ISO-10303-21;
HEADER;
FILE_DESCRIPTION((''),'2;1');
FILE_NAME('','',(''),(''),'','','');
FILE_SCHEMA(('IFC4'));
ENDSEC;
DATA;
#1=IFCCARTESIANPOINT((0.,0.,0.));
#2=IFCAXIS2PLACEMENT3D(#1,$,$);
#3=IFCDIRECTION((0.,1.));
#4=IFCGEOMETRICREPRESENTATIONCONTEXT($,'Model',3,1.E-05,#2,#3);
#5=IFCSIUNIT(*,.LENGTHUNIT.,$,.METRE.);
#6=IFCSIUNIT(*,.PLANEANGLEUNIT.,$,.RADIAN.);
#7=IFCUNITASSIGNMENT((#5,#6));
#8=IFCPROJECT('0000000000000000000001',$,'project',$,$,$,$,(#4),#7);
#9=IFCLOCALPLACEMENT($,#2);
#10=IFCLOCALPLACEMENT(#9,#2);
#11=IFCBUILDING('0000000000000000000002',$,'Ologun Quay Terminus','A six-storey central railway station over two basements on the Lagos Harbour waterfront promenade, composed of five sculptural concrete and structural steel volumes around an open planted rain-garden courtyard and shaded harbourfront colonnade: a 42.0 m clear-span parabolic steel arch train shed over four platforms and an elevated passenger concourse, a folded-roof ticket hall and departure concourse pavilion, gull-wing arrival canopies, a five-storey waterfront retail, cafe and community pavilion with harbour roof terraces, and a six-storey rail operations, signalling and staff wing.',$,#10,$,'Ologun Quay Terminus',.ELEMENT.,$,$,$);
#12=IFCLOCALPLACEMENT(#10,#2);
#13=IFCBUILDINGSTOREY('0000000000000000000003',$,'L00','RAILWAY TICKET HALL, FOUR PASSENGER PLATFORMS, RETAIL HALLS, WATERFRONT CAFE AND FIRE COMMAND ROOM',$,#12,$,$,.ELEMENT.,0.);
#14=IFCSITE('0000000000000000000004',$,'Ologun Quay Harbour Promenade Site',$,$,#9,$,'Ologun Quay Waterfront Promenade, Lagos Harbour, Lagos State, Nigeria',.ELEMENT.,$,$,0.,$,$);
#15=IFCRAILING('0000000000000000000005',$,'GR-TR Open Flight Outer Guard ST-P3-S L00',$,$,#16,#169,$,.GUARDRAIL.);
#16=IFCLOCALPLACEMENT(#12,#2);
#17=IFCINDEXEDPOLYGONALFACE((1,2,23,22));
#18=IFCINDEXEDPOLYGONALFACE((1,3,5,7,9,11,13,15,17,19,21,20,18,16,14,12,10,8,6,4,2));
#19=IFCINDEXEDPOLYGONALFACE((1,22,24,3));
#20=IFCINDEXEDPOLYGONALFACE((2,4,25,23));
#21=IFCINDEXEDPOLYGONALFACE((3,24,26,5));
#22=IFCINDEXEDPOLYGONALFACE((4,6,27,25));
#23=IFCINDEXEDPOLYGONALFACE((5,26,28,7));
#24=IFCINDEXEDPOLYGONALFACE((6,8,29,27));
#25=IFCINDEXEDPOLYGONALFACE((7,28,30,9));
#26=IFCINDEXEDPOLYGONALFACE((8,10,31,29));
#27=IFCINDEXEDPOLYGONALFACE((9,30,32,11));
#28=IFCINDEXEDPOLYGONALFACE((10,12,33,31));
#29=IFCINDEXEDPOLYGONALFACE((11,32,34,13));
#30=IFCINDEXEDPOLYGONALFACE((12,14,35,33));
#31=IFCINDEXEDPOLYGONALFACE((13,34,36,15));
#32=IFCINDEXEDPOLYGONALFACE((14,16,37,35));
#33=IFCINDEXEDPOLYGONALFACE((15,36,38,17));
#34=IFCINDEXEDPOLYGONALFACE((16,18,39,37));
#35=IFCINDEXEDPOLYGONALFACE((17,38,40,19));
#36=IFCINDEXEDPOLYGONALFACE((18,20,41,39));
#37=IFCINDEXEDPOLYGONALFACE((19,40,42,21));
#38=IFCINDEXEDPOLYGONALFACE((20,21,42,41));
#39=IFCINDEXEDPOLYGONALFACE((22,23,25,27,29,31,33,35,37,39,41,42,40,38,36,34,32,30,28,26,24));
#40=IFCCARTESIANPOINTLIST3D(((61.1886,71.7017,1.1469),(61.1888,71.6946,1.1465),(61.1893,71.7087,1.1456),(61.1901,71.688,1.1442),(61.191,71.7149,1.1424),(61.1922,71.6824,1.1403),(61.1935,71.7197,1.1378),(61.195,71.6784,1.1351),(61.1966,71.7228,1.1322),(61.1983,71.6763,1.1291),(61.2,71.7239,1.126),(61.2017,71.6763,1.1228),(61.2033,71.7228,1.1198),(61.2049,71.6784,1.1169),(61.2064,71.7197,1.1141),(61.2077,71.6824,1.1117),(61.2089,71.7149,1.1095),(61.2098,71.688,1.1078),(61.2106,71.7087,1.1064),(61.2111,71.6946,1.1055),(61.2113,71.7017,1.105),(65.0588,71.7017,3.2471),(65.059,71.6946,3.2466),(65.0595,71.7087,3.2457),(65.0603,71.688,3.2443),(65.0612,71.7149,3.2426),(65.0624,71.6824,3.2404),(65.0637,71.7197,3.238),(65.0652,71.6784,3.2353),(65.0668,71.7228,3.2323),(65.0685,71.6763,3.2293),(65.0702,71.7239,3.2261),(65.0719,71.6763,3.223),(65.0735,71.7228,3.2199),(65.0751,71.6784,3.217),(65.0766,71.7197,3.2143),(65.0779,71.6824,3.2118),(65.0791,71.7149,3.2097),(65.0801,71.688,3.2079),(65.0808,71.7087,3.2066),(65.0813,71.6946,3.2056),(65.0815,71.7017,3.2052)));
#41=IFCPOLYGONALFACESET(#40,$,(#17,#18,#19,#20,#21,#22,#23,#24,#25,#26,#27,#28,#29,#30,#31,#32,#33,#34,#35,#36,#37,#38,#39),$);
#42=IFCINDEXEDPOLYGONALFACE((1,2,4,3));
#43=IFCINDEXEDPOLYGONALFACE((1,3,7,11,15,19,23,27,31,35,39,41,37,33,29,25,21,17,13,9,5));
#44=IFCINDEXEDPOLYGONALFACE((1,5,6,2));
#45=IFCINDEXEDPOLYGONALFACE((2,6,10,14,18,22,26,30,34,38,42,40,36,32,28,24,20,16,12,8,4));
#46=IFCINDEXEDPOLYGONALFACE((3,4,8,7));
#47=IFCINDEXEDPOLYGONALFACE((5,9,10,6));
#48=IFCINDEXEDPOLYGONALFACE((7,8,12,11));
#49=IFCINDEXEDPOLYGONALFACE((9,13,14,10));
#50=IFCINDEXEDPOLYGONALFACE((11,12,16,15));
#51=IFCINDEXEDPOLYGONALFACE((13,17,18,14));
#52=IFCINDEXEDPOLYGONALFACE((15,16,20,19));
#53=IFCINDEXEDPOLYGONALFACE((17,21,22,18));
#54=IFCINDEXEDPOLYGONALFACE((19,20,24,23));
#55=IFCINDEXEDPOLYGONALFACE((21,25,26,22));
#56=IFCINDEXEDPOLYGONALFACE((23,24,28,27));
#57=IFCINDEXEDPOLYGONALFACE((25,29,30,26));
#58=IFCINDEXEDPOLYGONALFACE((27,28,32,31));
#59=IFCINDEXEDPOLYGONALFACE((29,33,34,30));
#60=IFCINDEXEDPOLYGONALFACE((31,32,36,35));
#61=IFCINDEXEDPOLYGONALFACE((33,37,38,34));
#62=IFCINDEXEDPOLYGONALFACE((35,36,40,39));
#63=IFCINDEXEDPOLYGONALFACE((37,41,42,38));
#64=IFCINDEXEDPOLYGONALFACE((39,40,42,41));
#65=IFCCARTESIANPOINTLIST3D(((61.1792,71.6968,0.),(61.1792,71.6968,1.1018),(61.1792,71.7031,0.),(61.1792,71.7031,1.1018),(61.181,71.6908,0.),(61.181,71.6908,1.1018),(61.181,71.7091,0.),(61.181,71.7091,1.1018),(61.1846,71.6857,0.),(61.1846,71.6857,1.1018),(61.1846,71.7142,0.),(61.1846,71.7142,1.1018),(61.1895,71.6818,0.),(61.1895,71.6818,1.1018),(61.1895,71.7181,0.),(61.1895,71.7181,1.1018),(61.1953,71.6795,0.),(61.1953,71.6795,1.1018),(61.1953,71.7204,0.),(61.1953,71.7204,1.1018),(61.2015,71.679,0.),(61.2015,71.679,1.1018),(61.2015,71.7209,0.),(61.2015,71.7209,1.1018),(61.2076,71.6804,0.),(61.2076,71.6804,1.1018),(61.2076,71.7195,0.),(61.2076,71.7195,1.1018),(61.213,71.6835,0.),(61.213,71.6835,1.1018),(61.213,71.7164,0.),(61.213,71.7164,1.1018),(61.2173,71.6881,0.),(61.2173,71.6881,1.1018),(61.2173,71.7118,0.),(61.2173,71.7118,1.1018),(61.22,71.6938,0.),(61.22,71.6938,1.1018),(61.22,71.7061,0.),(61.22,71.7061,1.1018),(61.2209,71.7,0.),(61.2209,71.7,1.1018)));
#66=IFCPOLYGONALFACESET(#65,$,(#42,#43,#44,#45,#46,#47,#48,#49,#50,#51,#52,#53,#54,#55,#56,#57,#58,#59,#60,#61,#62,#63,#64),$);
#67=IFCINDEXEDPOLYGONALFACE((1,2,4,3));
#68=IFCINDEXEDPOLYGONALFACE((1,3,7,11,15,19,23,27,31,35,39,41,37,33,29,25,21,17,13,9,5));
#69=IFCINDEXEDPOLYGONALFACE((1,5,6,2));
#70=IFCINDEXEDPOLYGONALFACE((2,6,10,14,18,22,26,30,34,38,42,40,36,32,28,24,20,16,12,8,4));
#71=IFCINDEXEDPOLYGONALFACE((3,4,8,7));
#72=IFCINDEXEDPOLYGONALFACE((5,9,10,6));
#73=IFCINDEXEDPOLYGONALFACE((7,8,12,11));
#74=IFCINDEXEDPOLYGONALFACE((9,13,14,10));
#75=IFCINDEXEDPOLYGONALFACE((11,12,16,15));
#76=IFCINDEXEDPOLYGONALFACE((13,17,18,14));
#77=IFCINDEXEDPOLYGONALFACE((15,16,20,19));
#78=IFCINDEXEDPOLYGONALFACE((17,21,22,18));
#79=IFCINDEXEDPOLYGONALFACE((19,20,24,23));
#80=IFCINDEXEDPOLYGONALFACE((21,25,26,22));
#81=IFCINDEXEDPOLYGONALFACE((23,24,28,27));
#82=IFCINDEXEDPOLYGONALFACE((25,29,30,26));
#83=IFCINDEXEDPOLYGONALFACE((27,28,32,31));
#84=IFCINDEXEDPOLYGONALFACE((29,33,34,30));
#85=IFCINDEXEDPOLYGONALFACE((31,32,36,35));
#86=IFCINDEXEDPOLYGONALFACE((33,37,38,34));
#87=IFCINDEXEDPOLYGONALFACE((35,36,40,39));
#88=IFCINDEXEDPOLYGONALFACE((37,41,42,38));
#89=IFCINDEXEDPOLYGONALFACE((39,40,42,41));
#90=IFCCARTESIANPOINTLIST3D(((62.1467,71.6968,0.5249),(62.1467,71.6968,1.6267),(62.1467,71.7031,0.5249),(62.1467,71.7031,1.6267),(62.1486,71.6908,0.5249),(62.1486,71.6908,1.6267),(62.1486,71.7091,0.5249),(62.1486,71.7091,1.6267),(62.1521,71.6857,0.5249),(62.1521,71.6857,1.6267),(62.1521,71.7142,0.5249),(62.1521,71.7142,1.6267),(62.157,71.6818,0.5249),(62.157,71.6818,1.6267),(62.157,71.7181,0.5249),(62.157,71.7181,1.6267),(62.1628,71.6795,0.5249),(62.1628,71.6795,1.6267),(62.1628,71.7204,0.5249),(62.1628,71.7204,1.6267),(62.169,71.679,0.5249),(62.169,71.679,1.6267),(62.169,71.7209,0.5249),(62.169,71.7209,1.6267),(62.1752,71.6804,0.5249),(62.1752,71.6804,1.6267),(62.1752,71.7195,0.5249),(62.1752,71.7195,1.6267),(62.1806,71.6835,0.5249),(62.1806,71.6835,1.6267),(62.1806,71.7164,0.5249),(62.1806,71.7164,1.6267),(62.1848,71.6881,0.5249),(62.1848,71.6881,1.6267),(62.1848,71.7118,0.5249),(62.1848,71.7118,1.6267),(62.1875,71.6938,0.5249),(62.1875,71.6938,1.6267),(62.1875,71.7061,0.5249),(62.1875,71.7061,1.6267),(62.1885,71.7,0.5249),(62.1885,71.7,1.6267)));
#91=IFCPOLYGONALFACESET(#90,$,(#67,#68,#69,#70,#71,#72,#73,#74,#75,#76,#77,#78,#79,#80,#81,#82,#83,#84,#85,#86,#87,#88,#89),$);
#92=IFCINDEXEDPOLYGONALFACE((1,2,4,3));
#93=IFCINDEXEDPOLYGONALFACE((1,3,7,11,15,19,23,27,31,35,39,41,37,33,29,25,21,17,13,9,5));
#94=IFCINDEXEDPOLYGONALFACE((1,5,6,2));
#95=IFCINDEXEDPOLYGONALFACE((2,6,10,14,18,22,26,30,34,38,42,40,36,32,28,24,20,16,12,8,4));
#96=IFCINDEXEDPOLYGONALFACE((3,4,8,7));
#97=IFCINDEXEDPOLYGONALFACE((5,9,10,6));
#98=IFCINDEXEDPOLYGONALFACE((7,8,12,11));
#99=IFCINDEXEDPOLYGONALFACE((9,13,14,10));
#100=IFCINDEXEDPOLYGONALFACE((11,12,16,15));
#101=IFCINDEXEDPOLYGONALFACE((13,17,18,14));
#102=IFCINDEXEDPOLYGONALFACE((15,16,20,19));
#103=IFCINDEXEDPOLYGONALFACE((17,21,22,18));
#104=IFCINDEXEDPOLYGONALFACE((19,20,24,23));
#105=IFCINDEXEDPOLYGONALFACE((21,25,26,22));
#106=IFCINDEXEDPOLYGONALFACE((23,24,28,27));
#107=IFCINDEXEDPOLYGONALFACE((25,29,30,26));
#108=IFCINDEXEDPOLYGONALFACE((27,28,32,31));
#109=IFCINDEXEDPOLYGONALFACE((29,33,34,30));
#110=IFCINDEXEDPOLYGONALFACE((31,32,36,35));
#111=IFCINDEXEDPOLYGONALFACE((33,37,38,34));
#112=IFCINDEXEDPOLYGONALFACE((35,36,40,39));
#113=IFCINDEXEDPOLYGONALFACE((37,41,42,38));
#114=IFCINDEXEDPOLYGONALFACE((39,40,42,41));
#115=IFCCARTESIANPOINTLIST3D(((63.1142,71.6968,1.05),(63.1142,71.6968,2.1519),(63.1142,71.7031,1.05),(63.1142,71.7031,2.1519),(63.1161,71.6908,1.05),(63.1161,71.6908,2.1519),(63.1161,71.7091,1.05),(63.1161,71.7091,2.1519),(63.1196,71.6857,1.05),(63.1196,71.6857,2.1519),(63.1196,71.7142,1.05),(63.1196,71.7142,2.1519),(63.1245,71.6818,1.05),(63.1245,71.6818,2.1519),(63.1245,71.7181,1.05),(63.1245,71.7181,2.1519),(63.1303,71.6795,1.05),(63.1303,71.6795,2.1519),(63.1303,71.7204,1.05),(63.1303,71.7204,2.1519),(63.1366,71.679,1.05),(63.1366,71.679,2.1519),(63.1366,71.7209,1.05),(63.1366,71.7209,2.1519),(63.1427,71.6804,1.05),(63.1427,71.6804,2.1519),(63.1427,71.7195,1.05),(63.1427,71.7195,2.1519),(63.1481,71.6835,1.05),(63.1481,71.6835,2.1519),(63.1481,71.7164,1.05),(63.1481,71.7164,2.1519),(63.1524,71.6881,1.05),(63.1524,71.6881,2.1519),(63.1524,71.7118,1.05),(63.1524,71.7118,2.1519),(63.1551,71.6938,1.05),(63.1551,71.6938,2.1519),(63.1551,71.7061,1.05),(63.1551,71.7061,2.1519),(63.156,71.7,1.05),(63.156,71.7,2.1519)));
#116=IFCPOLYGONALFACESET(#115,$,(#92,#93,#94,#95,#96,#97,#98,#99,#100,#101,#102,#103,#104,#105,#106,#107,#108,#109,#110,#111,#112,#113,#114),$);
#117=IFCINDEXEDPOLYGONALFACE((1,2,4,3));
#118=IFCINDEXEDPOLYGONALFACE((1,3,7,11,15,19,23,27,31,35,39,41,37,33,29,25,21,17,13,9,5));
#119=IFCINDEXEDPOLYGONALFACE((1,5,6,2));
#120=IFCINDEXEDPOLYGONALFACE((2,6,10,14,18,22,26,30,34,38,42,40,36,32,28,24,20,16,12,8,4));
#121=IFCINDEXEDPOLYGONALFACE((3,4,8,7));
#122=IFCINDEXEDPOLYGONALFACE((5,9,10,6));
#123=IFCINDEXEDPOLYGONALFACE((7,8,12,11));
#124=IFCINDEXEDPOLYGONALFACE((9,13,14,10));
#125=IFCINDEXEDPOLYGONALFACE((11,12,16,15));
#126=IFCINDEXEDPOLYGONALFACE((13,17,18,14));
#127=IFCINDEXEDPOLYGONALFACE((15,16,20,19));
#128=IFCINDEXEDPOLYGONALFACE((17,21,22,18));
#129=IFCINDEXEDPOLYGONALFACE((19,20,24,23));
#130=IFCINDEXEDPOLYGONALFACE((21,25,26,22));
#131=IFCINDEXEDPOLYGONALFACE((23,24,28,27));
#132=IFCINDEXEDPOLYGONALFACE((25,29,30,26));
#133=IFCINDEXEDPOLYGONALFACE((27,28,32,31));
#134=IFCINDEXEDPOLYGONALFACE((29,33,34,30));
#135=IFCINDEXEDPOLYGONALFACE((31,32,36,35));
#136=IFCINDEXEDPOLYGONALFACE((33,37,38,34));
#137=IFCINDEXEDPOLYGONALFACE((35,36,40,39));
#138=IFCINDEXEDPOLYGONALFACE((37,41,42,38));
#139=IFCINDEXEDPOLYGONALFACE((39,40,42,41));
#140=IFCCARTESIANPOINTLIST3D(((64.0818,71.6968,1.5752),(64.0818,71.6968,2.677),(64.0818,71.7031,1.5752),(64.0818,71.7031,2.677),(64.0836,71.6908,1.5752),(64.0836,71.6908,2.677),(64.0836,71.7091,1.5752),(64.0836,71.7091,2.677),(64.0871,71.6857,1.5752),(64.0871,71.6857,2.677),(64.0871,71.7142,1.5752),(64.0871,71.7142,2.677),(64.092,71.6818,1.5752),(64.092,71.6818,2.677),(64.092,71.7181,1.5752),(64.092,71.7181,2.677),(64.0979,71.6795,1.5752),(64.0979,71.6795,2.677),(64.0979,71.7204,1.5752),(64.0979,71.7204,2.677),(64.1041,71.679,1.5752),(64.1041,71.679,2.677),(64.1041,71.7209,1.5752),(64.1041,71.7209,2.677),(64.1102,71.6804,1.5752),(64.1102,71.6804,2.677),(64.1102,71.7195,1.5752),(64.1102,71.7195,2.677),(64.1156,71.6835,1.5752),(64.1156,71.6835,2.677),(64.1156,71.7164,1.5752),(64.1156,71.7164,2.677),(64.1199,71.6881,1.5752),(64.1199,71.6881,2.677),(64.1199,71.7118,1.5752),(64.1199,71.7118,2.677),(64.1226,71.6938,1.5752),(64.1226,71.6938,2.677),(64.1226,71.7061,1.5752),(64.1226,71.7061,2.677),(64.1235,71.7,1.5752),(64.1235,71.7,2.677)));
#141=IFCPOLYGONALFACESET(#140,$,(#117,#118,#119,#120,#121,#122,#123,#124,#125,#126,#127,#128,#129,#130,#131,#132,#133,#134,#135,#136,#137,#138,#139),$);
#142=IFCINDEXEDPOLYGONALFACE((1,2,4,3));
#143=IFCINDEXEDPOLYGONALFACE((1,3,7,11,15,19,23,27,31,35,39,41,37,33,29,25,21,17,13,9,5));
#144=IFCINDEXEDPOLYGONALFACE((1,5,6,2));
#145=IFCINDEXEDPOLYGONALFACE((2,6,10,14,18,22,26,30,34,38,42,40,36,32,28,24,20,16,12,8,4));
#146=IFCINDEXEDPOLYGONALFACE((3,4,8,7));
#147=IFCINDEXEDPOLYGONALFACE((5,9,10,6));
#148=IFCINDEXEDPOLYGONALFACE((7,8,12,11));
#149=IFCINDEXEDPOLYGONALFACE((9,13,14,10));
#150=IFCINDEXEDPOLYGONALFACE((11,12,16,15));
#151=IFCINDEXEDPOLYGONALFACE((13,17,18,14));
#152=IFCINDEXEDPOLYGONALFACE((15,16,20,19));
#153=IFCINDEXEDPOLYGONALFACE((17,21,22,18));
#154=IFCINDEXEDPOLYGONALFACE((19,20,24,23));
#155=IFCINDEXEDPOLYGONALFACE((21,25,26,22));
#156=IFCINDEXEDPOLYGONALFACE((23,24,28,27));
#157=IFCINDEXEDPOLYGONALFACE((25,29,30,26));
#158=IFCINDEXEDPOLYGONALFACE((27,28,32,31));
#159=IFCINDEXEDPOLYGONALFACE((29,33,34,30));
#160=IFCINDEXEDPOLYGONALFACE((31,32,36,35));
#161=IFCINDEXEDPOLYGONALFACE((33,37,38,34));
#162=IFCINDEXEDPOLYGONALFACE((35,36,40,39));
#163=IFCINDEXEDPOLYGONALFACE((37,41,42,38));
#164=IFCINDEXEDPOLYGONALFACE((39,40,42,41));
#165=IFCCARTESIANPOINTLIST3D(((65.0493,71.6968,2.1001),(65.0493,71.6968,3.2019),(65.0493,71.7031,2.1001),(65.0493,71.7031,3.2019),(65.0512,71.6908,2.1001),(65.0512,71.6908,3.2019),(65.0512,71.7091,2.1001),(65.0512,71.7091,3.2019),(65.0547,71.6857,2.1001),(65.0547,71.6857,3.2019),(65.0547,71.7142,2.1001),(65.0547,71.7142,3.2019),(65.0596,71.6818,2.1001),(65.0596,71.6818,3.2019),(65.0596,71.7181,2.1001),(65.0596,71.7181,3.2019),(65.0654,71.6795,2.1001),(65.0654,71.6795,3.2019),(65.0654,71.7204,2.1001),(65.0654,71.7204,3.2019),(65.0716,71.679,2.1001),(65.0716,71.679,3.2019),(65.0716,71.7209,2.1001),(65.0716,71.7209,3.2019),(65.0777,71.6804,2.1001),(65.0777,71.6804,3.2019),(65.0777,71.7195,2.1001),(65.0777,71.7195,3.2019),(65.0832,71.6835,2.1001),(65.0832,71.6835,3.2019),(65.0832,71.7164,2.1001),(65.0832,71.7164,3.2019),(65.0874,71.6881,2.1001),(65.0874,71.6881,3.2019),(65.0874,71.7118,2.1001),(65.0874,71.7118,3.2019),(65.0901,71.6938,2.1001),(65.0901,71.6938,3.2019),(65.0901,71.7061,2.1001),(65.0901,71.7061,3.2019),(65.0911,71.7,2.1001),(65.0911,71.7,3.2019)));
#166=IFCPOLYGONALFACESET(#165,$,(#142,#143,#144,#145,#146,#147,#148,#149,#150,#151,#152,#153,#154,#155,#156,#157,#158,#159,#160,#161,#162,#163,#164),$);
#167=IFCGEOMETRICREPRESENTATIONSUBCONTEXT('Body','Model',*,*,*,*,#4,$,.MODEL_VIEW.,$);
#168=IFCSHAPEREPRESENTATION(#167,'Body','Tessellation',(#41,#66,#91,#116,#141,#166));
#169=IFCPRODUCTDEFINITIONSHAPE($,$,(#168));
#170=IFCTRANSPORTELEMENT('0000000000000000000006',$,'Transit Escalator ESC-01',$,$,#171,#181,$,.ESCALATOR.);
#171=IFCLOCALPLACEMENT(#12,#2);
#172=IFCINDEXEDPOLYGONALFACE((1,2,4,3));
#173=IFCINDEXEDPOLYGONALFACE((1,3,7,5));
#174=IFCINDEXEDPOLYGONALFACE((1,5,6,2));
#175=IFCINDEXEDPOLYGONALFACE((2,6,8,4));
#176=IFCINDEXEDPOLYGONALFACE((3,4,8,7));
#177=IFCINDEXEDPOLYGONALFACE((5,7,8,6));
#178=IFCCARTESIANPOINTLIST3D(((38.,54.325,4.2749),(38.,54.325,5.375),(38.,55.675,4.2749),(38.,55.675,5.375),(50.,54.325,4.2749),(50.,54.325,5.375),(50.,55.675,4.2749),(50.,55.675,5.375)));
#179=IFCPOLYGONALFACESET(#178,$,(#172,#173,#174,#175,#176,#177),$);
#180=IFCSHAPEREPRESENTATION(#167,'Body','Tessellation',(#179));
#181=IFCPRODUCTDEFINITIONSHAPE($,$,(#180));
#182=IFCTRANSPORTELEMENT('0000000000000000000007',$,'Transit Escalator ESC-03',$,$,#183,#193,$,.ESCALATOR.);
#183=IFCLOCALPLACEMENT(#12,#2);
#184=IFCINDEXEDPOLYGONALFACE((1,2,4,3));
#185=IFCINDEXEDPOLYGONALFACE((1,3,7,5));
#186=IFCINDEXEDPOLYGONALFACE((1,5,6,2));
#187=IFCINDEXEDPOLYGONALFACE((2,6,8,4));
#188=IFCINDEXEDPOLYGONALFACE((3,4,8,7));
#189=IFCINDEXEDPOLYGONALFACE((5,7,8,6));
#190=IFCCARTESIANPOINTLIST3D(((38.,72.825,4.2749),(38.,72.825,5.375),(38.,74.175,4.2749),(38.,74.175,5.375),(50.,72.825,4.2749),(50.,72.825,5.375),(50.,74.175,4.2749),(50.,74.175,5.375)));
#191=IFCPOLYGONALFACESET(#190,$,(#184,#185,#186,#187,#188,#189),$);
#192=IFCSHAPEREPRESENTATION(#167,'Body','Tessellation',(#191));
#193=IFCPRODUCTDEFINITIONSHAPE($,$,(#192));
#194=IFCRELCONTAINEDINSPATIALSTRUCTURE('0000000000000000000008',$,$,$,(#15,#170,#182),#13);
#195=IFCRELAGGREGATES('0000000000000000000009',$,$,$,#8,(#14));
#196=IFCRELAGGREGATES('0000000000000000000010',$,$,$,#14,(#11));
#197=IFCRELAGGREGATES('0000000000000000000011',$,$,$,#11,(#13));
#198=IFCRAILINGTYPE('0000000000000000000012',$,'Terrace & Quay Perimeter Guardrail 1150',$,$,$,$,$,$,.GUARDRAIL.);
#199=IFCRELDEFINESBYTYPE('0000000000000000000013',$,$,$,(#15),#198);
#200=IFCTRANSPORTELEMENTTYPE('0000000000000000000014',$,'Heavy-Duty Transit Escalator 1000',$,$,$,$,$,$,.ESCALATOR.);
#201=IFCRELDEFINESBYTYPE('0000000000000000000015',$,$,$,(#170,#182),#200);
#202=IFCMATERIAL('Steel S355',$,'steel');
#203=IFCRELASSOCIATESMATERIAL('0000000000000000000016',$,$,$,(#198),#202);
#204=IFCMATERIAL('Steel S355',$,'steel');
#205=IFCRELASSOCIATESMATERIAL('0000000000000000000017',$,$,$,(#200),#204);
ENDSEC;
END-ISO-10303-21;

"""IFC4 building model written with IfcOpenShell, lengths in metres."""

from ifc_helpers import new_model, si_unit, direction, frame, origin, origin_2d, place, context, subcontext, project, spatial, rectangle, circle, extrude, material, type_object, element, save


model = new_model("IFC4")

# Units and contexts
model_context = context("Model", 3, precision=1e-05, world=origin(), true_north=direction((0.0, 1.0)))
body_context = subcontext(model_context, "Body", "Model", "MODEL_VIEW")
ifc_project = project(units=[si_unit("LENGTHUNIT", "METRE"), si_unit("PLANEANGLEUNIT", "RADIAN")], contexts=[model_context])

# Site, building, storey
site_placement = place(None, origin())
site = spatial("IfcSite", under=ifc_project, at=site_placement, Name="Ologun Quay Harbour Promenade Site", LongName="Ologun Quay Waterfront Promenade, Lagos Harbour, Lagos State, Nigeria", CompositionType="ELEMENT", RefElevation=0.0)
building_placement = place(site_placement, origin())
building = spatial("IfcBuilding", under=site, at=building_placement, Name="Ologun Quay Terminus", Description="A six-storey central railway station over two basements on the Lagos Harbour waterfront promenade, composed of five sculptural concrete and structural steel volumes around an open planted rain-garden courtyard and shaded harbourfront colonnade: a 42.0 m clear-span parabolic steel arch train shed over four platforms and an elevated passenger concourse, a folded-roof ticket hall and departure concourse pavilion, gull-wing arrival canopies, a five-storey waterfront retail, cafe and community pavilion with harbour roof terraces, and a six-storey rail operations, signalling and staff wing.", LongName="Ologun Quay Terminus", CompositionType="ELEMENT")
storey_placement = place(building_placement, origin())
storey = spatial("IfcBuildingStorey", under=building, at=storey_placement, Name="L00", Description="RAILWAY TICKET HALL, FOUR PASSENGER PLATFORMS, RETAIL HALLS, WATERFRONT CAFE AND FIRE COMMAND ROOM", CompositionType="ELEMENT", Elevation=0.0)

# Railing
ifc_material_1 = material(Name="Steel S355", Category="steel")
railing_type_1 = type_object("IfcRailingType", Name="Terrace & Quay Perimeter Guardrail 1150", PredefinedType="GUARDRAIL", material=ifc_material_1)
railing_1_placement = place(storey_placement, frame((61.2, 71.7, 0.0)))
element("IfcRailing", 1, at=railing_1_placement, inside=storey, type_object=railing_type_1, Name="GR-TR Open Flight Outer Guard ST-P3-S L00", PredefinedType="GUARDRAIL", context=body_context, shape_type="SweptSolid", body=[
    extrude(circle(Radius=0.0239, at=origin_2d()), frame((0.0, 0.0, 1.126), z_axis=(0.878932, 0.0, 0.476947), x_axis=(0.0, 1.0, 0.0)), (0.0, 0.0, 1.0), 4.4033),
    extrude(circle(Radius=0.021, at=origin_2d()), origin(), (0.0, 0.0, 1.0), 1.1018),
    extrude(circle(Radius=0.021, at=origin_2d()), frame((0.9675, 0.0, 0.5249)), (0.0, 0.0, 1.0), 1.1018),
    extrude(circle(Radius=0.021, at=origin_2d()), frame((1.9351, 0.0, 1.05)), (0.0, 0.0, 1.0), 1.1018),
    extrude(circle(Radius=0.021, at=origin_2d()), frame((2.9026, 0.0, 1.5752)), (0.0, 0.0, 1.0), 1.1018),
    extrude(circle(Radius=0.021, at=origin_2d()), frame((3.8701, 0.0, 2.1001)), (0.0, 0.0, 1.0), 1.1018),
])

# Transport elements
ifc_material_2 = material(Name="Steel S355", Category="steel")
transport_element_type = type_object("IfcTransportElementType", Name="Heavy-Duty Transit Escalator 1000", PredefinedType="ESCALATOR", material=ifc_material_2)
for number, where, z_axis, x_axis, name in (
    (2, (44.0, 55.0, 4.2749), (0.0, 0.0, 1.0), (1.0, 0.0, 0.0), "Transit Escalator ESC-01"),
    (3, (44.0, 73.5, 4.2749), (0.0, 0.0, 1.0), (1.0, 0.0, 0.0), "Transit Escalator ESC-03"),
):
    element("IfcTransportElement", number, at=place(storey_placement, frame(where, z_axis=z_axis, x_axis=x_axis)), inside=storey, type_object=transport_element_type, Name=name, PredefinedType="ESCALATOR", context=body_context, shape_type="SweptSolid", body=[
        extrude(rectangle(XDim=12.0, YDim=1.3501, at=origin_2d()), origin(), (0.0, 0.0, 1.0), 1.1001),
    ])

save(model, "model.ifc")
